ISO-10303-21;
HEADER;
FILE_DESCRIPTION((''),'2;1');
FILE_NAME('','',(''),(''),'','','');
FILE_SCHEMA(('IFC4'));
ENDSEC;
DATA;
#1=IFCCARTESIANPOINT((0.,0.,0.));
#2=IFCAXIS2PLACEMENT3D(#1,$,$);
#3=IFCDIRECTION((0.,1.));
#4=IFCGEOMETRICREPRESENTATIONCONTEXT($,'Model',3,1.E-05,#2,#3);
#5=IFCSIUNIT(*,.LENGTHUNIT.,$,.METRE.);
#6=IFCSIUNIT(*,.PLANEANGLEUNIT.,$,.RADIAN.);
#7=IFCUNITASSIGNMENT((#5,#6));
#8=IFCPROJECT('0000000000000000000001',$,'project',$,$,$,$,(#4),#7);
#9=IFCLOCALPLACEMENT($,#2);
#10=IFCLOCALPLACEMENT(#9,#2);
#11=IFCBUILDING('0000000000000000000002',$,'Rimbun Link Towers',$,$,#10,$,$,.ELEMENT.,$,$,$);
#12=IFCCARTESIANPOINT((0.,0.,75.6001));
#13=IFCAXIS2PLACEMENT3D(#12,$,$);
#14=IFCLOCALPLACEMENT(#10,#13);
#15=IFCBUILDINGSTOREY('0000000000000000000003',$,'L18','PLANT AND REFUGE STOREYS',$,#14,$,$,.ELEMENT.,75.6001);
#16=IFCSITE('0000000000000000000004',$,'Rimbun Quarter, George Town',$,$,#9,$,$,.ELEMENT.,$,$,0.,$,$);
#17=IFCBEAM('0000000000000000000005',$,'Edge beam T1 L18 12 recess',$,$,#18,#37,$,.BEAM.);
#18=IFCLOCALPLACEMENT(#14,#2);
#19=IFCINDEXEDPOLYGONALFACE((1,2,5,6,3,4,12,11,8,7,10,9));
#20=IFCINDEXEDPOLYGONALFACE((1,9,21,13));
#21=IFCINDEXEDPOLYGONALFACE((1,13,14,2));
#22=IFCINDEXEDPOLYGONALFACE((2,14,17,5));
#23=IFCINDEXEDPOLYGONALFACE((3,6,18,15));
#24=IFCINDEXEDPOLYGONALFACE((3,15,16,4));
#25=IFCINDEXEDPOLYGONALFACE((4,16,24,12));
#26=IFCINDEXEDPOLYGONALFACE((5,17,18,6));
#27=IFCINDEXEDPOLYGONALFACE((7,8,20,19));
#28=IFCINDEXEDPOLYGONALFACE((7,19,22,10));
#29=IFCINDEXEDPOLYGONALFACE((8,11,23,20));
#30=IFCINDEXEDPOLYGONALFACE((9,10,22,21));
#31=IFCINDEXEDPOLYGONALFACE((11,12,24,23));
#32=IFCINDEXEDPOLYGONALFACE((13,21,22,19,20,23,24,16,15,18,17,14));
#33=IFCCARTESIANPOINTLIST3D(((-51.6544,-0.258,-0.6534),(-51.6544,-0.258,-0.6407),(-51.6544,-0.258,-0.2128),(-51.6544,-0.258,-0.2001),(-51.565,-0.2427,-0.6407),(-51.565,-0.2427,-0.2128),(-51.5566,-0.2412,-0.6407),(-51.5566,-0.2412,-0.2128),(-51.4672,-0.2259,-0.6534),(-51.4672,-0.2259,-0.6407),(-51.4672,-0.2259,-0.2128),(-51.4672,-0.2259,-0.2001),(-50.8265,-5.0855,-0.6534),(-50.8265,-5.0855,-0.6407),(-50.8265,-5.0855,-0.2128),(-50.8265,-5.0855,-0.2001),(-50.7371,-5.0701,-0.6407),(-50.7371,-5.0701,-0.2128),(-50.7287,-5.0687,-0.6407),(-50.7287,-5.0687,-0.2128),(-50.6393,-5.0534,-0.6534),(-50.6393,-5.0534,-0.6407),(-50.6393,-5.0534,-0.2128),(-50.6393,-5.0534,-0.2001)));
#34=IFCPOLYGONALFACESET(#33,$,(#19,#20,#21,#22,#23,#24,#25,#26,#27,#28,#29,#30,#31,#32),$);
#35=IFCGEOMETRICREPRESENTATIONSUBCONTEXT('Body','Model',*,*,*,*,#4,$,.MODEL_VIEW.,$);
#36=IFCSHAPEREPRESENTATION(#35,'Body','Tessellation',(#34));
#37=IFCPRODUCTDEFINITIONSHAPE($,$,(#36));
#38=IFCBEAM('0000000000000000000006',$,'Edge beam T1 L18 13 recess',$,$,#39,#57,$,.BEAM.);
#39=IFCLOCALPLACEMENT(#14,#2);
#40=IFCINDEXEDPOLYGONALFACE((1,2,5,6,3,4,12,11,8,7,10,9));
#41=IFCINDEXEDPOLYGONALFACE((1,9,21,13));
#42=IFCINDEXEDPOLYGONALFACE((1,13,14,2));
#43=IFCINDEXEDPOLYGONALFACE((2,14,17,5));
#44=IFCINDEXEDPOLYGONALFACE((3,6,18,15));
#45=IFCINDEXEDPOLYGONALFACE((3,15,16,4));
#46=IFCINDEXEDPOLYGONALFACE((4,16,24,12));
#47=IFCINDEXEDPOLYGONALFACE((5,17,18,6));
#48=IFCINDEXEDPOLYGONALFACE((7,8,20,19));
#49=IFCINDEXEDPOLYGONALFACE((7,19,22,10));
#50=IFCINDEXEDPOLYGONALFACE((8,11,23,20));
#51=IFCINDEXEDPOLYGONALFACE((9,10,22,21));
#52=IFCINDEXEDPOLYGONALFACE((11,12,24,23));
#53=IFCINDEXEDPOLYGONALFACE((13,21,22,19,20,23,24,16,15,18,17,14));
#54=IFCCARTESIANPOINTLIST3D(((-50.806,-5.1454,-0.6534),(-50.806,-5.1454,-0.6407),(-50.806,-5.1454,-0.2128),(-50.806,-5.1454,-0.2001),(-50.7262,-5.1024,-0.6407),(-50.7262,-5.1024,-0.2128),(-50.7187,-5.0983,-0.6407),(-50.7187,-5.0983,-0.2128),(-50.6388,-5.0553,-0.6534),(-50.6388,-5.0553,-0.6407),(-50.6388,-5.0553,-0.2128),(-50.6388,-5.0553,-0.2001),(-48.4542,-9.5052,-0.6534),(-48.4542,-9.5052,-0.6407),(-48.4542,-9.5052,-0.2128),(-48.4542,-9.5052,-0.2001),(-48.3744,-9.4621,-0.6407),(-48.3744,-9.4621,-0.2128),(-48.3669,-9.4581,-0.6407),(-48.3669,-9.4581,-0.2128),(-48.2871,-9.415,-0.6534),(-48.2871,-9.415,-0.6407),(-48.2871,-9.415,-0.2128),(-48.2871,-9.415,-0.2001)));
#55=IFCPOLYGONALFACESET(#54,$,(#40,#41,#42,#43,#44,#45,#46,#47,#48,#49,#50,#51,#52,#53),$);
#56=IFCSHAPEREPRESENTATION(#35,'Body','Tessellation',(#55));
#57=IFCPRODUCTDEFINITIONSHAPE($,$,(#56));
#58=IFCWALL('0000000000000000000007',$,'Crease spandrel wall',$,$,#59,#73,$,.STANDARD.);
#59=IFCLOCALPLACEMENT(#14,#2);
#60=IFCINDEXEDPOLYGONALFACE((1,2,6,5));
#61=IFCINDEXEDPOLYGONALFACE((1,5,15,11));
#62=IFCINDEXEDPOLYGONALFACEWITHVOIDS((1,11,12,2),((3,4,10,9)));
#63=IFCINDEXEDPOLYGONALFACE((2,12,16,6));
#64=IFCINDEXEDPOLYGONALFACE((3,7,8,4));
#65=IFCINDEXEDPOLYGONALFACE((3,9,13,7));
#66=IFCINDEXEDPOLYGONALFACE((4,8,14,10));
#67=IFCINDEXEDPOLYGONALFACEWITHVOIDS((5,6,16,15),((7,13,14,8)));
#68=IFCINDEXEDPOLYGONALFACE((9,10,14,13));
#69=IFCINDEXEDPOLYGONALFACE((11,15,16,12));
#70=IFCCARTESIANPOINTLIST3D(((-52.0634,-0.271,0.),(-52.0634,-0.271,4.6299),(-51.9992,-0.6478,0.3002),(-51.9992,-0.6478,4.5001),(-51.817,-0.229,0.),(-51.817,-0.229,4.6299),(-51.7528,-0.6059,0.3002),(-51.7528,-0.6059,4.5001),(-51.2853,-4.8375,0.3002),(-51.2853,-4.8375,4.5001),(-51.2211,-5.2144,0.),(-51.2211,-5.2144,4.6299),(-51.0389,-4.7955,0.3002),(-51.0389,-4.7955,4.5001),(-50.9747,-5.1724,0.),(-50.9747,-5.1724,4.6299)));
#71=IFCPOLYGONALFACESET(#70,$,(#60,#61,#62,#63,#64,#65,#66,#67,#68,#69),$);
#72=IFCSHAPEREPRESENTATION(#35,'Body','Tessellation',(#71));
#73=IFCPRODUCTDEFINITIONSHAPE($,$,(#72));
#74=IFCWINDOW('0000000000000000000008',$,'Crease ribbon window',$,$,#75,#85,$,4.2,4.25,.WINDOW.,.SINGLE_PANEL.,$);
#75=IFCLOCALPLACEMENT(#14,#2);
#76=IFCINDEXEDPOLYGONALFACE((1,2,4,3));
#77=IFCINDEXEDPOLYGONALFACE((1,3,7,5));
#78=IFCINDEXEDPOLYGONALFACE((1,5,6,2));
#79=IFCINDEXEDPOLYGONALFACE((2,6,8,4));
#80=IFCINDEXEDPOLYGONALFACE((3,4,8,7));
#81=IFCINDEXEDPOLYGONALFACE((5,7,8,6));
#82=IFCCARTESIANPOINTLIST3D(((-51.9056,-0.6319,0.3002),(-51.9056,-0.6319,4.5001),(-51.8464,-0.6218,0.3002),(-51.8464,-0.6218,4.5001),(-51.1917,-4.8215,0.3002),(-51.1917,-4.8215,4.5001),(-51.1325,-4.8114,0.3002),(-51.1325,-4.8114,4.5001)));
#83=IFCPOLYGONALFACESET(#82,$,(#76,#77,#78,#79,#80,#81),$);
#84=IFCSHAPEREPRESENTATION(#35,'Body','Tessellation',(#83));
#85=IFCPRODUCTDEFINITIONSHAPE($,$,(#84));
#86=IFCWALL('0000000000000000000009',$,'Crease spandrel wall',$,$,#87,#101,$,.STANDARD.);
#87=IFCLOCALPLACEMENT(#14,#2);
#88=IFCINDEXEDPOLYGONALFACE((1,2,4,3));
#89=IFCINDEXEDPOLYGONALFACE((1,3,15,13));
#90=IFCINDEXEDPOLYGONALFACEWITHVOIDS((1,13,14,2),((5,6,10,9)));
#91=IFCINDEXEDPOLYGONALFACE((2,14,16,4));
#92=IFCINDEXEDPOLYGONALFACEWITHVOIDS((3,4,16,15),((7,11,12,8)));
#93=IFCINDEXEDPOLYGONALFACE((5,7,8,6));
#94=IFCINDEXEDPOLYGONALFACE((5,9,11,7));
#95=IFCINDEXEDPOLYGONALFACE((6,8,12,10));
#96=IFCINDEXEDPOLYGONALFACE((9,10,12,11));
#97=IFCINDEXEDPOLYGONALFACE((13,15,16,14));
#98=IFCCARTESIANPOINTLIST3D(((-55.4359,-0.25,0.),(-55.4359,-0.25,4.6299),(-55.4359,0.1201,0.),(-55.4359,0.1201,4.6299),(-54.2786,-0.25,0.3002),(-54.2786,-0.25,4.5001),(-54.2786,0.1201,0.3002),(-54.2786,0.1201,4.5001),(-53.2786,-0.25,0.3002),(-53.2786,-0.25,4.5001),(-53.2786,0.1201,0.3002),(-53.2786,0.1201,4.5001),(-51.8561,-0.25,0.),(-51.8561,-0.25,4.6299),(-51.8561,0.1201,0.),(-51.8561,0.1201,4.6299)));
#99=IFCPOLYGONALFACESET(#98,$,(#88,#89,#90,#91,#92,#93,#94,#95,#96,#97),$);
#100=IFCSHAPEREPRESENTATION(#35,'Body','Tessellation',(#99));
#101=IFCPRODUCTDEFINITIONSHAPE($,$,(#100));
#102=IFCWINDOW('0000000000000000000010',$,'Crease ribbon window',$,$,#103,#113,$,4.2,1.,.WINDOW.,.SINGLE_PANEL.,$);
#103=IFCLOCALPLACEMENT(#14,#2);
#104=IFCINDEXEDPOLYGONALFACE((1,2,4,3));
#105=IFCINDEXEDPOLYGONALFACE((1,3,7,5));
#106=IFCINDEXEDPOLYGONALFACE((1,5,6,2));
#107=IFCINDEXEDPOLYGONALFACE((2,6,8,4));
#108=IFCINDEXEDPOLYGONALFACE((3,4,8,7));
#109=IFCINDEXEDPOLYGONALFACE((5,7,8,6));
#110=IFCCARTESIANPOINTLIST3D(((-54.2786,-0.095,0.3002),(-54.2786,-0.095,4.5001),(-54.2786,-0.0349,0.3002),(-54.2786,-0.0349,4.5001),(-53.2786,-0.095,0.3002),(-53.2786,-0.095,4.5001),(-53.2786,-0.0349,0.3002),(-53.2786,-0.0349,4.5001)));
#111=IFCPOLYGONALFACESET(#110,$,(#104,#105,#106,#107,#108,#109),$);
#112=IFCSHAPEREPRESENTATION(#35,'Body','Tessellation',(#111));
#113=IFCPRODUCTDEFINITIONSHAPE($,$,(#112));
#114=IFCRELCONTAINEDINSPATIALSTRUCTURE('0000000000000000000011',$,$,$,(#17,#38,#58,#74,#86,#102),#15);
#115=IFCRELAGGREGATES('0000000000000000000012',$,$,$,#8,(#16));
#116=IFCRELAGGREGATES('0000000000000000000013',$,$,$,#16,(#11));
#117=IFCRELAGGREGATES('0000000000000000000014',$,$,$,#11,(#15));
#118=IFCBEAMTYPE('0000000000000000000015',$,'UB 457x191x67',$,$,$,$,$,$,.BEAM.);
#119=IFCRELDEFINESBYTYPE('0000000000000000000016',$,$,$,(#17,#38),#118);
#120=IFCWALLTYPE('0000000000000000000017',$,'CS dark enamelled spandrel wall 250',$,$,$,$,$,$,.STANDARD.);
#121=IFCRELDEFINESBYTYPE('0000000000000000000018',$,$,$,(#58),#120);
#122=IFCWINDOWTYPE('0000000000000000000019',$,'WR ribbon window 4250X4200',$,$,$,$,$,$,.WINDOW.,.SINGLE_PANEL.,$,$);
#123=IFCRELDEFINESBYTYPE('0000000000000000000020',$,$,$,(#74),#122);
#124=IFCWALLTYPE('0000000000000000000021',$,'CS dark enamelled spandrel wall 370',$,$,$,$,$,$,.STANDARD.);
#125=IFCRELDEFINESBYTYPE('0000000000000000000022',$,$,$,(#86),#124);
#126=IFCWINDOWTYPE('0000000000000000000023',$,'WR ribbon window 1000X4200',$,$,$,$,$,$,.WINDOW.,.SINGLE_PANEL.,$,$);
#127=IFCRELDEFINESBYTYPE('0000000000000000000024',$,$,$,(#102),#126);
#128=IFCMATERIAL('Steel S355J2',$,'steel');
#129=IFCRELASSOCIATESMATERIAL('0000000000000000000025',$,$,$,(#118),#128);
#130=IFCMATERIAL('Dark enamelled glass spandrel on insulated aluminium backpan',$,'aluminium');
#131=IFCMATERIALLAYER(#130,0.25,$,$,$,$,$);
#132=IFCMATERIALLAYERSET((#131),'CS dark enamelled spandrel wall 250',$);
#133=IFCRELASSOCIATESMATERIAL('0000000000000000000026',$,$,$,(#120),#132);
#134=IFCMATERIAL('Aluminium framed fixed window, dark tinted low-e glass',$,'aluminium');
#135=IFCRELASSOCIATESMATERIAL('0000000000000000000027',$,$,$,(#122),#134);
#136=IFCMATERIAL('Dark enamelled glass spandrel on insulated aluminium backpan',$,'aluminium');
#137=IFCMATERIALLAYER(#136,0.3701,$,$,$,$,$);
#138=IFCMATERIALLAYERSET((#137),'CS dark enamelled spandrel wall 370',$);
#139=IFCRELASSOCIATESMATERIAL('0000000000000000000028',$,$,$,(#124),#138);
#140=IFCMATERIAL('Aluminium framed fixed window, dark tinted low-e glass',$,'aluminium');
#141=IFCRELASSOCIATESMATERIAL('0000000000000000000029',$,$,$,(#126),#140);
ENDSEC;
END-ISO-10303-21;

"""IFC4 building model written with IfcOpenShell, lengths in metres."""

from ifc_helpers import new_model, si_unit, direction, frame, frame_2d, origin, origin_2d, place, context, subcontext, project, spatial, rectangle, i_section, extrude, material, layer, layer_set, material_profile, profile_set, type_object, element, fill, save


model = new_model("IFC4")

# Units and contexts
model_context = context("Model", 3, precision=1e-05, world=origin(), true_north=direction((0.0, 1.0)))
body_context = subcontext(model_context, "Body", "Model", "MODEL_VIEW")
ifc_project = project(units=[si_unit("LENGTHUNIT", "METRE"), si_unit("PLANEANGLEUNIT", "RADIAN")], contexts=[model_context])

# Site, building, storey
site_placement = place(None, origin())
site = spatial("IfcSite", under=ifc_project, at=site_placement, Name="Rimbun Quarter, George Town", CompositionType="ELEMENT", RefElevation=0.0)
building_placement = place(site_placement, origin())
building = spatial("IfcBuilding", under=site, at=building_placement, Name="Rimbun Link Towers", CompositionType="ELEMENT")
storey_placement = place(building_placement, frame((0.0, 0.0, 75.6001)))
storey = spatial("IfcBuildingStorey", under=building, at=storey_placement, Name="L18", Description="PLANT AND REFUGE STOREYS", CompositionType="ELEMENT", Elevation=75.6001)

# Beams
ifc_material_1 = material(Name="Steel S355J2", Category="steel")
ifc_material_profile_1 = material_profile(ifc_material_1, i_section(OverallWidth=0.1899, OverallDepth=0.4534, WebThickness=0.0085, FlangeThickness=0.0127, at=origin_2d()), Name="UB 457x191x67")
ifc_profile_set_1 = profile_set([ifc_material_profile_1], Name="Steel S355J2")
beam_type_1 = type_object("IfcBeamType", Name="UB 457x191x67", PredefinedType="BEAM", material=ifc_profile_set_1)
beam_1_placement = place(storey_placement, frame((-51.5608, -0.2419, -0.4268), z_axis=(0.169029, -0.985611, 0.0), x_axis=(0.985611, 0.169029, 0.0)))
element("IfcBeam", 1, at=beam_1_placement, inside=storey, type_object=beam_type_1, Name="Edge beam T1 L18 12 recess", PredefinedType="BEAM", context=body_context, shape_type="SweptSolid", body=[
    extrude(i_section(OverallWidth=0.1899, OverallDepth=0.4534, WebThickness=0.0085, FlangeThickness=0.0127, at=origin_2d()), origin(), (0.0, 0.0, 1.0), 4.8979),
])
beam_2_placement = place(storey_placement, frame((-50.7224, -5.1003, -0.4268), z_axis=(0.474755, -0.880118, 0.0), x_axis=(0.880118, 0.474755, 0.0)))
element("IfcBeam", 2, at=beam_2_placement, inside=storey, type_object=beam_type_1, Name="Edge beam T1 L18 13 recess", PredefinedType="BEAM", context=body_context, shape_type="SweptSolid", body=[
    extrude(i_section(OverallWidth=0.1899, OverallDepth=0.4534, WebThickness=0.0085, FlangeThickness=0.0127, at=origin_2d()), origin(), (0.0, 0.0, 1.0), 4.9536),
])

# Walls, openings, windows
ifc_material_2 = material(Name="Dark enamelled glass spandrel on insulated aluminium backpan", Category="aluminium")
ifc_layer_1 = layer(ifc_material_2, 0.25)
ifc_layer_set_1 = layer_set([ifc_layer_1], Name="CS dark enamelled spandrel wall 250")
wall_type_1 = type_object("IfcWallType", Name="CS dark enamelled spandrel wall 250", PredefinedType="STANDARD", material=ifc_layer_set_1)
wall_1_placement = place(storey_placement, frame((-51.0979, -5.1934, 0.0), z_axis=(0.0, 0.0, 1.0), x_axis=(-0.167966, 0.985793, 0.0)))
wall_1 = element("IfcWall", 3, at=wall_1_placement, inside=storey, type_object=wall_type_1, Name="Crease spandrel wall", PredefinedType="STANDARD", context=body_context, shape_type="SweptSolid", body=[
    extrude(rectangle(XDim=5.0146, YDim=0.25, at=frame_2d((2.5073, 0.0))), origin(), (0.0, 0.0, 1.0), 4.6299),
])
opening_1_placement = place(wall_1_placement, frame((0.3823, 0.0, 0.3)))
opening_1 = element("IfcOpeningElement", 4, at=opening_1_placement, cuts=wall_1, PredefinedType="OPENING", context=body_context, shape_type="SweptSolid", body=[
    extrude(rectangle(XDim=4.25, YDim=4.2, at=frame_2d((2.125, 2.1001))), frame((0.0, 0.135, 0.0), z_axis=(0.0, -1.0, 0.0), x_axis=(1.0, 0.0, 0.0)), (0.0, 0.0, 1.0), 0.27),
])
ifc_material_3 = material(Name="Aluminium framed fixed window, dark tinted low-e glass", Category="aluminium")
window_type_1 = type_object("IfcWindowType", Name="WR ribbon window 4250X4200", PartitioningType="SINGLE_PANEL", PredefinedType="WINDOW", material=ifc_material_3)
window_1_placement = place(opening_1_placement, origin())
window_1 = element("IfcWindow", 5, at=window_1_placement, inside=storey, type_object=window_type_1, Name="Crease ribbon window", OverallHeight=4.2, OverallWidth=4.25, PartitioningType="SINGLE_PANEL", PredefinedType="WINDOW", context=body_context, shape_type="SweptSolid", body=[
    extrude(rectangle(XDim=4.25, YDim=4.2, at=frame_2d((2.125, 2.1001))), frame((0.0, 0.03, 0.0), z_axis=(0.0, -1.0, 0.0), x_axis=(1.0, 0.0, 0.0)), (0.0, 0.0, 1.0), 0.0601),
])
fill(opening_1, window_1)
ifc_material_4 = material(Name="Dark enamelled glass spandrel on insulated aluminium backpan", Category="aluminium")
ifc_layer_2 = layer(ifc_material_4, 0.3701)
ifc_layer_set_2 = layer_set([ifc_layer_2], Name="CS dark enamelled spandrel wall 370")
wall_type_2 = type_object("IfcWallType", Name="CS dark enamelled spandrel wall 370", PredefinedType="STANDARD", material=ifc_layer_set_2)
wall_2_placement = place(storey_placement, frame((-51.856, -0.0649, 0.0), z_axis=(0.0, 0.0, 1.0), x_axis=(-1.0, 0.0, 0.0)))
wall_2 = element("IfcWall", 6, at=wall_2_placement, inside=storey, type_object=wall_type_2, Name="Crease spandrel wall", PredefinedType="STANDARD", context=body_context, shape_type="SweptSolid", body=[
    extrude(rectangle(XDim=3.5798, YDim=0.3701, at=frame_2d((1.79, 0.0))), origin(), (0.0, 0.0, 1.0), 4.6299),
])
opening_2_placement = place(wall_2_placement, frame((1.4226, 0.0, 0.3)))
opening_2 = element("IfcOpeningElement", 7, at=opening_2_placement, cuts=wall_2, PredefinedType="OPENING", context=body_context, shape_type="SweptSolid", body=[
    extrude(rectangle(XDim=1.0, YDim=4.2, at=frame_2d((0.5, 2.1001))), frame((0.0, 0.1951, 0.0), z_axis=(0.0, -1.0, 0.0), x_axis=(1.0, 0.0, 0.0)), (0.0, 0.0, 1.0), 0.3901),
])
ifc_material_5 = material(Name="Aluminium framed fixed window, dark tinted low-e glass", Category="aluminium")
window_type_2 = type_object("IfcWindowType", Name="WR ribbon window 1000X4200", PartitioningType="SINGLE_PANEL", PredefinedType="WINDOW", material=ifc_material_5)
window_2_placement = place(opening_2_placement, origin())
window_2 = element("IfcWindow", 8, at=window_2_placement, inside=storey, type_object=window_type_2, Name="Crease ribbon window", OverallHeight=4.2, OverallWidth=1.0, PartitioningType="SINGLE_PANEL", PredefinedType="WINDOW", context=body_context, shape_type="SweptSolid", body=[
    extrude(rectangle(XDim=1.0, YDim=4.2, at=frame_2d((0.5, 2.1001))), frame((0.0, 0.03, 0.0), z_axis=(0.0, -1.0, 0.0), x_axis=(1.0, 0.0, 0.0)), (0.0, 0.0, 1.0), 0.0601),
])
fill(opening_2, window_2)

save(model, "model.ifc")
